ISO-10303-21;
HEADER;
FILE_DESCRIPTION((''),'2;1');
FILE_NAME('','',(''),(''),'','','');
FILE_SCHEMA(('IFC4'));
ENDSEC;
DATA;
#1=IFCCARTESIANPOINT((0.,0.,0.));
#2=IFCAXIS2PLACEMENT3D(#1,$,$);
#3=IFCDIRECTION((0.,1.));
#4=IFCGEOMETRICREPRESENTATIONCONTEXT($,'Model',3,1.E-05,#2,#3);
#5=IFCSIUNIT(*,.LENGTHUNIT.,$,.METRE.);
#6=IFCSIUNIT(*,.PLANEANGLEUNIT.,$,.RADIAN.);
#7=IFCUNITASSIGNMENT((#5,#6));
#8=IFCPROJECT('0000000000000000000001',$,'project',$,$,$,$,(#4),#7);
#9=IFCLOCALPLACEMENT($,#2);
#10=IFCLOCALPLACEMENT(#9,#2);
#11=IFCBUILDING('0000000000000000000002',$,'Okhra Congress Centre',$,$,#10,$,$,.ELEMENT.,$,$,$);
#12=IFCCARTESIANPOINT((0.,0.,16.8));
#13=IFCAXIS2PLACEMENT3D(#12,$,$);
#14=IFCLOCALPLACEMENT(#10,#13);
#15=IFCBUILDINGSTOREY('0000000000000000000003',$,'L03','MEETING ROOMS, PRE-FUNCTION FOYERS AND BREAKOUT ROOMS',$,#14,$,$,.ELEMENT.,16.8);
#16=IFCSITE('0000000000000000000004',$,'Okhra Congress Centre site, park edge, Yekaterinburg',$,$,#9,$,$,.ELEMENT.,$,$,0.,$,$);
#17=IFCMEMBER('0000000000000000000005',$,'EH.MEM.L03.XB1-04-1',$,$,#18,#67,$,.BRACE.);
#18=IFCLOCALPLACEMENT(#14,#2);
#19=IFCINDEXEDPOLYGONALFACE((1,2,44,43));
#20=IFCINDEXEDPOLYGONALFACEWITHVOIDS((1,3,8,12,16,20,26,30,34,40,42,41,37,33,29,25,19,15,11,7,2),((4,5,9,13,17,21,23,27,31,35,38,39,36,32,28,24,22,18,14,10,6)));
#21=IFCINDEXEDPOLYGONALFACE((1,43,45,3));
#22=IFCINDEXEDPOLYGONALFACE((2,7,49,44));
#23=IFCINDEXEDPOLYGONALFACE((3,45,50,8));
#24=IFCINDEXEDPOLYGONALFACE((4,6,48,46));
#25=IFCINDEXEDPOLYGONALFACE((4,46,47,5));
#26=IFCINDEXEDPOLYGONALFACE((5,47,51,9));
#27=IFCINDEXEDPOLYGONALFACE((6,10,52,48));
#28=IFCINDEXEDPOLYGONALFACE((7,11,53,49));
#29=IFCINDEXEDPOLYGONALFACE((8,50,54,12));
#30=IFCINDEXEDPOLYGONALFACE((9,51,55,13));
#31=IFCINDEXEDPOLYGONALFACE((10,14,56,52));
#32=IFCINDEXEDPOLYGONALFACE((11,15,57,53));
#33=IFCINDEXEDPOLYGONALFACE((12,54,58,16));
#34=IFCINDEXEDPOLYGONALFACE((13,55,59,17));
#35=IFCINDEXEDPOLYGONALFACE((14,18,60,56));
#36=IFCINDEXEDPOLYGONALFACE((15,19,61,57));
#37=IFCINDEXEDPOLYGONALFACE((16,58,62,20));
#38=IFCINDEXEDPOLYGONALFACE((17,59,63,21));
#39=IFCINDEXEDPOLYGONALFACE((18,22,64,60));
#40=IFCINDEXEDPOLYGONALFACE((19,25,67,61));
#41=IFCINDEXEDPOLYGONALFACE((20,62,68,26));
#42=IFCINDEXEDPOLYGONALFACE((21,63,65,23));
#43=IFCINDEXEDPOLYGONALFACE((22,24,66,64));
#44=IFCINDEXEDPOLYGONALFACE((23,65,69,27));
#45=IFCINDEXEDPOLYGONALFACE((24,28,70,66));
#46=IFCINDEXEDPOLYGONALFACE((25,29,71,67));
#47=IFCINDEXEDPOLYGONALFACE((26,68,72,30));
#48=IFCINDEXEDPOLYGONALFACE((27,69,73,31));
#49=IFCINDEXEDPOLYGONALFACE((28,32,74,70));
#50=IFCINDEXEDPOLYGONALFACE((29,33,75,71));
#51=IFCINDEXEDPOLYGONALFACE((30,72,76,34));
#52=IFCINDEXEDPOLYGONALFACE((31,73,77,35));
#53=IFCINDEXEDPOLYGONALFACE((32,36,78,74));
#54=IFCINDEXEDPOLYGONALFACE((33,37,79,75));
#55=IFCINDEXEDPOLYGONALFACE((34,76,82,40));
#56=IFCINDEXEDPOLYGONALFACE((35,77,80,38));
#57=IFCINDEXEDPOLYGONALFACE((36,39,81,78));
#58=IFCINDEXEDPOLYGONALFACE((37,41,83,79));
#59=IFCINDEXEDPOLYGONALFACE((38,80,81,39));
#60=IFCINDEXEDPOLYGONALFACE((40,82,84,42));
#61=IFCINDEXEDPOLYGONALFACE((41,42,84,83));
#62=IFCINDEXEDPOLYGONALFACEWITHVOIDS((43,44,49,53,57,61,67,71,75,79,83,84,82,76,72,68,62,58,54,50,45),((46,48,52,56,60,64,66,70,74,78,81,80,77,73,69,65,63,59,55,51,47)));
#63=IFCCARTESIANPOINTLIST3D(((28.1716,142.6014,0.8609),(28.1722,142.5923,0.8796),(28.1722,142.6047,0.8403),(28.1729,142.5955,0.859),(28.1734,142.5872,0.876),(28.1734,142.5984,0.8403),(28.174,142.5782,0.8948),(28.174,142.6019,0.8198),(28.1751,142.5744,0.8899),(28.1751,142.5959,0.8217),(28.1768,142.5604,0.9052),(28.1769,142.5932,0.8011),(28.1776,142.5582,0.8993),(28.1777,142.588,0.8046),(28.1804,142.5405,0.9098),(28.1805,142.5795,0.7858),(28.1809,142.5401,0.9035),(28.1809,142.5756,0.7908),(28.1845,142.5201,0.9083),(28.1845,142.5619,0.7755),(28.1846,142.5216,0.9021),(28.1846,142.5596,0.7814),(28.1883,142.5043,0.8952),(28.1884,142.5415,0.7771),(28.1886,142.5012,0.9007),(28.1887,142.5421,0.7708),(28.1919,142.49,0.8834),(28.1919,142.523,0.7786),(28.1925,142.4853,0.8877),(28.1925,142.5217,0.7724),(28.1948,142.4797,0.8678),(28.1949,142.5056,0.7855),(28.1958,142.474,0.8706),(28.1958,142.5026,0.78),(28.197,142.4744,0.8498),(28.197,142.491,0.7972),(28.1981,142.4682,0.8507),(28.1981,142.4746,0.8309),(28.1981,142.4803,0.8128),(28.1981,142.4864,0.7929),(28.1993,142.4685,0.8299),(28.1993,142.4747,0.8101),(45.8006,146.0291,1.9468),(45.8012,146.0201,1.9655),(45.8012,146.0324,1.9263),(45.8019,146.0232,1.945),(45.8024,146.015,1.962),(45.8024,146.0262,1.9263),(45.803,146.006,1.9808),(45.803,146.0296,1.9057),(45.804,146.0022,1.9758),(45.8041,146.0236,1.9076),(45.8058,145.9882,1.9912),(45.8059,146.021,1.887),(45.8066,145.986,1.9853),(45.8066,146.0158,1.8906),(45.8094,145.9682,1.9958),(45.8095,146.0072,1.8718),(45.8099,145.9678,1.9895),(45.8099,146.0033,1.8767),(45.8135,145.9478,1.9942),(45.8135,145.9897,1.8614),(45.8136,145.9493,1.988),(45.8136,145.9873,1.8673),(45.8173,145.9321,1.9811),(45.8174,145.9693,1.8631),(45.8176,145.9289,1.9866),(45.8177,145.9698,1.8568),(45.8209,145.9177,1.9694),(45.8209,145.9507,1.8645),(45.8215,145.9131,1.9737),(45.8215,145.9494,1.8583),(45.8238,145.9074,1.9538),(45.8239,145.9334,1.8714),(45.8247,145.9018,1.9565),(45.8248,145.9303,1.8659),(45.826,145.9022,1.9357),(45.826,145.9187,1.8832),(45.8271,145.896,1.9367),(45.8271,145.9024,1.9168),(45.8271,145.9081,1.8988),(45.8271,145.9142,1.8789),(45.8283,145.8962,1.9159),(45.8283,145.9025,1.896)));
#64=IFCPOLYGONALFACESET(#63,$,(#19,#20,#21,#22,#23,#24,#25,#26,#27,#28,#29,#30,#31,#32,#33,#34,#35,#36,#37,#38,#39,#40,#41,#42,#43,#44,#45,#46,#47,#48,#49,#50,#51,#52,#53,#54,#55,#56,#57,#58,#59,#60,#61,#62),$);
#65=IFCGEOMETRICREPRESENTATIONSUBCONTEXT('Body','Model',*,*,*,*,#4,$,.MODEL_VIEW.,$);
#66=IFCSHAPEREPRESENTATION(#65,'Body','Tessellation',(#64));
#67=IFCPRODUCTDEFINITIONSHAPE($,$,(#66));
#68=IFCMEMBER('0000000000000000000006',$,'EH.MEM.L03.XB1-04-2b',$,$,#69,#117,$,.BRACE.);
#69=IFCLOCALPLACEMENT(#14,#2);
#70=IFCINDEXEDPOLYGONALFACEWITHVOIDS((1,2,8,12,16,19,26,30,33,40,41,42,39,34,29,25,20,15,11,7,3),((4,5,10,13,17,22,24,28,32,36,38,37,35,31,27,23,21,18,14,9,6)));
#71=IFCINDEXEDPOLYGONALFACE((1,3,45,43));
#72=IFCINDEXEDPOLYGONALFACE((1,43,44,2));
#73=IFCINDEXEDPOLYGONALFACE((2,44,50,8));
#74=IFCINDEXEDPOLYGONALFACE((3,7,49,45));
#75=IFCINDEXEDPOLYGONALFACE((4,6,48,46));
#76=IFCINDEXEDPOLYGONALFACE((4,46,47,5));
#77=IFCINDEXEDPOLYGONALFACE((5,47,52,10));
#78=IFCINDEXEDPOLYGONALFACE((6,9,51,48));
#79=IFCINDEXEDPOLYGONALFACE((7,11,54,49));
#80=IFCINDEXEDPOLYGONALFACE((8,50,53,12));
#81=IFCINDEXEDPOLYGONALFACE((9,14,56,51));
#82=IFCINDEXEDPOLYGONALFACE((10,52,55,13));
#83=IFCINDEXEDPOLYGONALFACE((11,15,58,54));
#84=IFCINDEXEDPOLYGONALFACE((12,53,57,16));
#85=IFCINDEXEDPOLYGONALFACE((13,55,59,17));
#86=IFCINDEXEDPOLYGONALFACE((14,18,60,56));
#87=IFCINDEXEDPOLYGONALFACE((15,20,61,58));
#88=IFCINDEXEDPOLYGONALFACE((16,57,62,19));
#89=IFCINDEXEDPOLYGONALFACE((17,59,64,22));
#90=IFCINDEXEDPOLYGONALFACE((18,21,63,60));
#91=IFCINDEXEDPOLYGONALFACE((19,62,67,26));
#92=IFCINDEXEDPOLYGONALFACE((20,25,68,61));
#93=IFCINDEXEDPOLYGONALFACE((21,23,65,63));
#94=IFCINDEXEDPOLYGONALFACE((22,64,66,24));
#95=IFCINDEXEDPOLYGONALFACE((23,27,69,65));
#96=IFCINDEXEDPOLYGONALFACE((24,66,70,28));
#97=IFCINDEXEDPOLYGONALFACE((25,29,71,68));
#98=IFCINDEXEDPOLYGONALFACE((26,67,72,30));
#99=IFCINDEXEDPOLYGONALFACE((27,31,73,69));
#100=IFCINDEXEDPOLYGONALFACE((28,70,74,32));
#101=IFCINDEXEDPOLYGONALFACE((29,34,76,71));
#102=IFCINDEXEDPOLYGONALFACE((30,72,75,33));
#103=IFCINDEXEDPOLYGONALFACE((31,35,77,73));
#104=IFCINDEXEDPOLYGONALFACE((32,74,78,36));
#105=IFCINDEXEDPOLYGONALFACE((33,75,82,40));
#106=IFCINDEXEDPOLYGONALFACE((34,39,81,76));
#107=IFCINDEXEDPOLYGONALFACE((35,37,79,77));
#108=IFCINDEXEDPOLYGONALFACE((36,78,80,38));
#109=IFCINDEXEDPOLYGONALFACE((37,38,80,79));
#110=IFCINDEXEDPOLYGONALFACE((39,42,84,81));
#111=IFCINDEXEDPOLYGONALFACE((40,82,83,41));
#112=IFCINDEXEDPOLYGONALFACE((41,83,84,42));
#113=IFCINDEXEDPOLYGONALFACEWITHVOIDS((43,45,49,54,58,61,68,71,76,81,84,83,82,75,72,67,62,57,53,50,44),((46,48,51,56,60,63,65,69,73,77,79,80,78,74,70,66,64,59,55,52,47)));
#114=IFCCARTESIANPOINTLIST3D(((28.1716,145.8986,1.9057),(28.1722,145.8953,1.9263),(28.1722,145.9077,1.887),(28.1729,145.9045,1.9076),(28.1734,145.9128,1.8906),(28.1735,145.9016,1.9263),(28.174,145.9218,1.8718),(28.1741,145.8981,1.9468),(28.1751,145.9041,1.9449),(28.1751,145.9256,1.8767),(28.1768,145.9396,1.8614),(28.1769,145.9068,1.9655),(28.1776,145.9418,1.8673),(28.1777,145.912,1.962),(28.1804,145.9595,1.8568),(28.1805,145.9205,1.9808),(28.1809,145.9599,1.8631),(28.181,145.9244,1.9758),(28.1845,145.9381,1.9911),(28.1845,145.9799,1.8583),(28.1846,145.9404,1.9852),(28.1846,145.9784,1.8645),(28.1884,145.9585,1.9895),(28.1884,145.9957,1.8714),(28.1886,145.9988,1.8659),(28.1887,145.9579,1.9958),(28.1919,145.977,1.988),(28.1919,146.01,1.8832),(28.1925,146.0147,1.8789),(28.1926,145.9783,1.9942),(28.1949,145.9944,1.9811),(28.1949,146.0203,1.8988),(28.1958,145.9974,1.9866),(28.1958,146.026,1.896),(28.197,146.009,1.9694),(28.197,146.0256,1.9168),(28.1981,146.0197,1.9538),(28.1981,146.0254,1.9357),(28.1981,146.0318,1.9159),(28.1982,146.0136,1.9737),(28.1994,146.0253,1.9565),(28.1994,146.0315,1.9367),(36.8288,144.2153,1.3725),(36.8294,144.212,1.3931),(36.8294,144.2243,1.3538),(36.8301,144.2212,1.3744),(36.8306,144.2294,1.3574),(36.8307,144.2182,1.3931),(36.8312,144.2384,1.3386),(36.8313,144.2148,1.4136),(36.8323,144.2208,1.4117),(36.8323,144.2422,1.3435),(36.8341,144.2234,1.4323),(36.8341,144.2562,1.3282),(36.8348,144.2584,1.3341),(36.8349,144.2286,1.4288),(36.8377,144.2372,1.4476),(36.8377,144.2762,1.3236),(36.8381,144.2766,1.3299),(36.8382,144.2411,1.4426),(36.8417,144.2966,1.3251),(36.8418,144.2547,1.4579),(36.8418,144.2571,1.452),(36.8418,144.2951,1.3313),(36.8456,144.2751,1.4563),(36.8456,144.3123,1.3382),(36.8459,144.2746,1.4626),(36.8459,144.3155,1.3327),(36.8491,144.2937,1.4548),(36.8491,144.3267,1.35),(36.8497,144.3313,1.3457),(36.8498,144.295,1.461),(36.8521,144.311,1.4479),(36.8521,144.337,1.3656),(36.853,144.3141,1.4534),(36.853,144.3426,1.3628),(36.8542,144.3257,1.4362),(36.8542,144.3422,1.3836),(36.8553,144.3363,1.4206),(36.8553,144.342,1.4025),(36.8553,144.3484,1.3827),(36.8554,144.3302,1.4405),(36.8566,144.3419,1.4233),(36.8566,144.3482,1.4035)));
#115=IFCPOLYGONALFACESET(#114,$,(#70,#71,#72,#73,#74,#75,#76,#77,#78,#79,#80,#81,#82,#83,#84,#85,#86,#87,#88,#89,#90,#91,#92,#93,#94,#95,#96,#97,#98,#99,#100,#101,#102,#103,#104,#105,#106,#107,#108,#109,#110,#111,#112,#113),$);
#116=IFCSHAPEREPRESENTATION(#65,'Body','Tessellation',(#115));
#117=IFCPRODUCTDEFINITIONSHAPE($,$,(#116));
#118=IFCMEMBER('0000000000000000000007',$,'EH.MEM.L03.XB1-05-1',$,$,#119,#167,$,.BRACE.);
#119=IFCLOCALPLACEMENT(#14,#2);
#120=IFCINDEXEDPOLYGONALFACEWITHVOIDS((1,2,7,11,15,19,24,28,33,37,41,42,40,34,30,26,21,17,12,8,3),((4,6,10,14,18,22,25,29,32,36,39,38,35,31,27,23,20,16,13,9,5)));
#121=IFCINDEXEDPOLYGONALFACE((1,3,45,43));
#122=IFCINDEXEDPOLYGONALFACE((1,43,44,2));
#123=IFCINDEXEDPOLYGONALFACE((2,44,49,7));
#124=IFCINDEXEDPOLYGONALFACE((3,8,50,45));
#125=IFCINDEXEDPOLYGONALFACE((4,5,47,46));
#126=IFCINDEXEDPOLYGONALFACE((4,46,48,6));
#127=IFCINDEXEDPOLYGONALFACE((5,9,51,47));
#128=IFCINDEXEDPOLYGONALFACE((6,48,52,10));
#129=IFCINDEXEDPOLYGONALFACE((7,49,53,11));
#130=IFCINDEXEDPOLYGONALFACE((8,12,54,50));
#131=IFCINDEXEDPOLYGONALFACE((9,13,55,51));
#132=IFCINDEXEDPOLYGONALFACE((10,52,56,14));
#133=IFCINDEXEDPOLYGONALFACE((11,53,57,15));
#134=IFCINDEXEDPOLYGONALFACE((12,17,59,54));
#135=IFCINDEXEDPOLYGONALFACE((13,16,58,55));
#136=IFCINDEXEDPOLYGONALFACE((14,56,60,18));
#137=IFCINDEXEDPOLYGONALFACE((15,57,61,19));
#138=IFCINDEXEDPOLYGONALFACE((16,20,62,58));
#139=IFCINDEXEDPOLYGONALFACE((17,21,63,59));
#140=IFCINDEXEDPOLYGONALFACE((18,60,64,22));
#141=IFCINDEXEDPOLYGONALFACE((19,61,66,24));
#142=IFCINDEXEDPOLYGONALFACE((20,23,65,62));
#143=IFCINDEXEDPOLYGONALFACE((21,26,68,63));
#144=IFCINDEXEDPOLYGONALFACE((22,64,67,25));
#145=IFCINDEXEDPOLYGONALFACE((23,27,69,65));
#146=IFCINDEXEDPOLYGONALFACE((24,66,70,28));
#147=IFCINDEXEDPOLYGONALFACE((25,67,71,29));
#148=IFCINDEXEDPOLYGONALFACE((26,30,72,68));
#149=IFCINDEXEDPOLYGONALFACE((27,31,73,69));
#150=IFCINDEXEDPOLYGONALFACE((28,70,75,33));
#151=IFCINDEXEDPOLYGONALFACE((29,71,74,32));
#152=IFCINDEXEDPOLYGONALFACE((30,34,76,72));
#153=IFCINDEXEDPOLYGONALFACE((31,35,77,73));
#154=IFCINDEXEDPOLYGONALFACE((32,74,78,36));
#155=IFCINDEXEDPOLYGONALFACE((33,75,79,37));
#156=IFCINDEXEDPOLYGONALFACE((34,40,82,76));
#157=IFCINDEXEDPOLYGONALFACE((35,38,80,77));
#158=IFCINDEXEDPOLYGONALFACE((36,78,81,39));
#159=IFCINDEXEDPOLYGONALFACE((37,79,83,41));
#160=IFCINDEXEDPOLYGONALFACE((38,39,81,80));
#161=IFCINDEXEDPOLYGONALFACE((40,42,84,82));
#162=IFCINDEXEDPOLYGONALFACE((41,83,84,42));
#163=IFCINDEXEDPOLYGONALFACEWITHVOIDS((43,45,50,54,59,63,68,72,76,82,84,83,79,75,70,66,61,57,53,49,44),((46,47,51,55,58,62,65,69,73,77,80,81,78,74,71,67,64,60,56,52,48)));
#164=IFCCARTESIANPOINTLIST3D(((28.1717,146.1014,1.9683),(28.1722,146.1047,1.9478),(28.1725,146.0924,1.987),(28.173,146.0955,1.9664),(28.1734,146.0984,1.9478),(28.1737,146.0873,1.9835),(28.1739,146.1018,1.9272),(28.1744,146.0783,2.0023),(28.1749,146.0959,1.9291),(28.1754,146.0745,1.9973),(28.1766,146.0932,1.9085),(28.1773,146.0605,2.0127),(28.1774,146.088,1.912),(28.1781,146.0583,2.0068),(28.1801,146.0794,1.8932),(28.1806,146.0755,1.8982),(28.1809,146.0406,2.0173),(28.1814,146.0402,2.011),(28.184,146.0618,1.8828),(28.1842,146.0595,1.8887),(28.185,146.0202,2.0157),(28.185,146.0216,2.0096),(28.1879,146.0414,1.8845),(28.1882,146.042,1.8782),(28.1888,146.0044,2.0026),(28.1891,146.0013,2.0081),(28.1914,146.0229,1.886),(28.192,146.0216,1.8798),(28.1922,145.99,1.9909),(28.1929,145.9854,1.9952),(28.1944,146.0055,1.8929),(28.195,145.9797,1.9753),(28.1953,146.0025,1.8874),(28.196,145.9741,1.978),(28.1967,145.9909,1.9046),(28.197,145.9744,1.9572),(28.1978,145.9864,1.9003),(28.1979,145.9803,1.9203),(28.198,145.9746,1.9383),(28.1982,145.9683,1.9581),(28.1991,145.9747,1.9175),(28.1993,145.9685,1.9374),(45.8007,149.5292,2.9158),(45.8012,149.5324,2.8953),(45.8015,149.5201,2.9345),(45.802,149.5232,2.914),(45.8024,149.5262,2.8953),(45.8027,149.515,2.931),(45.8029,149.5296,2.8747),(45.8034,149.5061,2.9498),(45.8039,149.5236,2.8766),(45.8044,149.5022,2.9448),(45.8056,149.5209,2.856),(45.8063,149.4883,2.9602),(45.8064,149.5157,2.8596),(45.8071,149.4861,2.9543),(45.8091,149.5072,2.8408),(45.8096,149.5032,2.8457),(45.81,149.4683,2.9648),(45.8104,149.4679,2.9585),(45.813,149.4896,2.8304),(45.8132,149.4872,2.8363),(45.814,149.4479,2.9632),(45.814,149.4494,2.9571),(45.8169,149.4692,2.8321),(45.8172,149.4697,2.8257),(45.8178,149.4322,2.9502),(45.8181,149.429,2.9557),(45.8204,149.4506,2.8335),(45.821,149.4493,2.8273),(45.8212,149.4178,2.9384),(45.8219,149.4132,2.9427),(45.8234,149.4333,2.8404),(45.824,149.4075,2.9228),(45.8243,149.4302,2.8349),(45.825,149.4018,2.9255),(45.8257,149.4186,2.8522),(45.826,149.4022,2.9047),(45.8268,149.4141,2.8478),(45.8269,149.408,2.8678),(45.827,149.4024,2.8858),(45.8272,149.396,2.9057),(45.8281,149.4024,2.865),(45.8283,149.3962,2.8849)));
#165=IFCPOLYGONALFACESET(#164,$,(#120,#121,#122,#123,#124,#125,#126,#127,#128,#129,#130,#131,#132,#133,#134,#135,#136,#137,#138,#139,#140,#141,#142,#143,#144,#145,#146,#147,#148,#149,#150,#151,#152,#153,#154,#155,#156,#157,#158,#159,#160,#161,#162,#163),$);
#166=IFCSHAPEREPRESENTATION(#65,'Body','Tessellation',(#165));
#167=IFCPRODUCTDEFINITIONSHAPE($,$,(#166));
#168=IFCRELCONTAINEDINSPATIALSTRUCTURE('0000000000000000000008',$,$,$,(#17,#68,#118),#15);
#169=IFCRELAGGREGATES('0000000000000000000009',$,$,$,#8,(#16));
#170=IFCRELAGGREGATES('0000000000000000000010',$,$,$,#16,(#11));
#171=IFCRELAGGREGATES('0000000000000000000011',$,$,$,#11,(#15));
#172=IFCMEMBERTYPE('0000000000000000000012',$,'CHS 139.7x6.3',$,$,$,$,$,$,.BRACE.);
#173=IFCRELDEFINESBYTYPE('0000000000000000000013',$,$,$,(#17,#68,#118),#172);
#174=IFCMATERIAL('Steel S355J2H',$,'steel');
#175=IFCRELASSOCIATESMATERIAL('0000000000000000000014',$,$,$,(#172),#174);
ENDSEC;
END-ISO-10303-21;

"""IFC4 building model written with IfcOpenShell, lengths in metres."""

from ifc_helpers import new_model, si_unit, direction, frame, origin, origin_2d, place, context, subcontext, project, spatial, hollow_circle, extrude, material, material_profile, profile_set, type_object, element, save


model = new_model("IFC4")

# Units and contexts
model_context = context("Model", 3, precision=1e-05, world=origin(), true_north=direction((0.0, 1.0)))
body_context = subcontext(model_context, "Body", "Model", "MODEL_VIEW")
ifc_project = project(units=[si_unit("LENGTHUNIT", "METRE"), si_unit("PLANEANGLEUNIT", "RADIAN")], contexts=[model_context])

# Site, building, storey
site_placement = place(None, origin())
site = spatial("IfcSite", under=ifc_project, at=site_placement, Name="Okhra Congress Centre site, park edge, Yekaterinburg", CompositionType="ELEMENT", RefElevation=0.0)
building_placement = place(site_placement, origin())
building = spatial("IfcBuilding", under=site, at=building_placement, Name="Okhra Congress Centre", CompositionType="ELEMENT")
storey_placement = place(building_placement, frame((0.0, 0.0, 16.8)))
storey = spatial("IfcBuildingStorey", under=building, at=storey_placement, Name="L03", Description="MEETING ROOMS, PRE-FUNCTION FOYERS AND BREAKOUT ROOMS", CompositionType="ELEMENT", Elevation=16.8)

# Members
ifc_material_1 = material(Name="Steel S355J2H", Category="steel")
ifc_material_profile_1 = material_profile(ifc_material_1, hollow_circle(Radius=0.0698, WallThickness=0.0063, at=origin_2d()), Name="CHS 139.7x6.3")
ifc_profile_set_1 = profile_set([ifc_material_profile_1], Name="Steel S355J2H")
member_type_1 = type_object("IfcMemberType", Name="CHS 139.7x6.3", PredefinedType="BRACE", material=ifc_profile_set_1)
member_1_placement = place(storey_placement, frame((28.1855, 142.5361, 0.8403), z_axis=(0.979827, 0.190516, 0.060357), x_axis=(-0.190864, 0.981617, 0.0)))
element("IfcMember", 1, at=member_1_placement, inside=storey, type_object=member_type_1, Name="EH.MEM.L03.XB1-04-1", PredefinedType="BRACE", context=body_context, shape_type="SweptSolid", body=[
    extrude(hollow_circle(Radius=0.0698, WallThickness=0.0063, at=origin_2d()), origin(), (0.0, 0.0, 1.0), 17.9919),
])
member_2_placement = place(storey_placement, frame((36.8428, 144.2805, 1.3931), z_axis=(-0.979826, 0.190522, 0.060348), x_axis=(-0.19087, -0.981615, 0.0)))
element("IfcMember", 2, at=member_2_placement, inside=storey, type_object=member_type_1, Name="EH.MEM.L03.XB1-04-2b", PredefinedType="BRACE", context=body_context, shape_type="SweptSolid", body=[
    extrude(hollow_circle(Radius=0.0698, WallThickness=0.0063, at=origin_2d()), origin(), (0.0, 0.0, 1.0), 8.8354),
])
member_3_placement = place(storey_placement, frame((28.1855, 146.0361, 1.9478), z_axis=(0.980253, 0.190599, 0.052686), x_axis=(-0.190864, 0.981617, 0.0)))
element("IfcMember", 3, at=member_3_placement, inside=storey, type_object=member_type_1, Name="EH.MEM.L03.XB1-05-1", PredefinedType="BRACE", context=body_context, shape_type="SweptSolid", body=[
    extrude(hollow_circle(Radius=0.0698, WallThickness=0.0063, at=origin_2d()), origin(), (0.0, 0.0, 1.0), 17.9841),
])

save(model, "model.ifc")
